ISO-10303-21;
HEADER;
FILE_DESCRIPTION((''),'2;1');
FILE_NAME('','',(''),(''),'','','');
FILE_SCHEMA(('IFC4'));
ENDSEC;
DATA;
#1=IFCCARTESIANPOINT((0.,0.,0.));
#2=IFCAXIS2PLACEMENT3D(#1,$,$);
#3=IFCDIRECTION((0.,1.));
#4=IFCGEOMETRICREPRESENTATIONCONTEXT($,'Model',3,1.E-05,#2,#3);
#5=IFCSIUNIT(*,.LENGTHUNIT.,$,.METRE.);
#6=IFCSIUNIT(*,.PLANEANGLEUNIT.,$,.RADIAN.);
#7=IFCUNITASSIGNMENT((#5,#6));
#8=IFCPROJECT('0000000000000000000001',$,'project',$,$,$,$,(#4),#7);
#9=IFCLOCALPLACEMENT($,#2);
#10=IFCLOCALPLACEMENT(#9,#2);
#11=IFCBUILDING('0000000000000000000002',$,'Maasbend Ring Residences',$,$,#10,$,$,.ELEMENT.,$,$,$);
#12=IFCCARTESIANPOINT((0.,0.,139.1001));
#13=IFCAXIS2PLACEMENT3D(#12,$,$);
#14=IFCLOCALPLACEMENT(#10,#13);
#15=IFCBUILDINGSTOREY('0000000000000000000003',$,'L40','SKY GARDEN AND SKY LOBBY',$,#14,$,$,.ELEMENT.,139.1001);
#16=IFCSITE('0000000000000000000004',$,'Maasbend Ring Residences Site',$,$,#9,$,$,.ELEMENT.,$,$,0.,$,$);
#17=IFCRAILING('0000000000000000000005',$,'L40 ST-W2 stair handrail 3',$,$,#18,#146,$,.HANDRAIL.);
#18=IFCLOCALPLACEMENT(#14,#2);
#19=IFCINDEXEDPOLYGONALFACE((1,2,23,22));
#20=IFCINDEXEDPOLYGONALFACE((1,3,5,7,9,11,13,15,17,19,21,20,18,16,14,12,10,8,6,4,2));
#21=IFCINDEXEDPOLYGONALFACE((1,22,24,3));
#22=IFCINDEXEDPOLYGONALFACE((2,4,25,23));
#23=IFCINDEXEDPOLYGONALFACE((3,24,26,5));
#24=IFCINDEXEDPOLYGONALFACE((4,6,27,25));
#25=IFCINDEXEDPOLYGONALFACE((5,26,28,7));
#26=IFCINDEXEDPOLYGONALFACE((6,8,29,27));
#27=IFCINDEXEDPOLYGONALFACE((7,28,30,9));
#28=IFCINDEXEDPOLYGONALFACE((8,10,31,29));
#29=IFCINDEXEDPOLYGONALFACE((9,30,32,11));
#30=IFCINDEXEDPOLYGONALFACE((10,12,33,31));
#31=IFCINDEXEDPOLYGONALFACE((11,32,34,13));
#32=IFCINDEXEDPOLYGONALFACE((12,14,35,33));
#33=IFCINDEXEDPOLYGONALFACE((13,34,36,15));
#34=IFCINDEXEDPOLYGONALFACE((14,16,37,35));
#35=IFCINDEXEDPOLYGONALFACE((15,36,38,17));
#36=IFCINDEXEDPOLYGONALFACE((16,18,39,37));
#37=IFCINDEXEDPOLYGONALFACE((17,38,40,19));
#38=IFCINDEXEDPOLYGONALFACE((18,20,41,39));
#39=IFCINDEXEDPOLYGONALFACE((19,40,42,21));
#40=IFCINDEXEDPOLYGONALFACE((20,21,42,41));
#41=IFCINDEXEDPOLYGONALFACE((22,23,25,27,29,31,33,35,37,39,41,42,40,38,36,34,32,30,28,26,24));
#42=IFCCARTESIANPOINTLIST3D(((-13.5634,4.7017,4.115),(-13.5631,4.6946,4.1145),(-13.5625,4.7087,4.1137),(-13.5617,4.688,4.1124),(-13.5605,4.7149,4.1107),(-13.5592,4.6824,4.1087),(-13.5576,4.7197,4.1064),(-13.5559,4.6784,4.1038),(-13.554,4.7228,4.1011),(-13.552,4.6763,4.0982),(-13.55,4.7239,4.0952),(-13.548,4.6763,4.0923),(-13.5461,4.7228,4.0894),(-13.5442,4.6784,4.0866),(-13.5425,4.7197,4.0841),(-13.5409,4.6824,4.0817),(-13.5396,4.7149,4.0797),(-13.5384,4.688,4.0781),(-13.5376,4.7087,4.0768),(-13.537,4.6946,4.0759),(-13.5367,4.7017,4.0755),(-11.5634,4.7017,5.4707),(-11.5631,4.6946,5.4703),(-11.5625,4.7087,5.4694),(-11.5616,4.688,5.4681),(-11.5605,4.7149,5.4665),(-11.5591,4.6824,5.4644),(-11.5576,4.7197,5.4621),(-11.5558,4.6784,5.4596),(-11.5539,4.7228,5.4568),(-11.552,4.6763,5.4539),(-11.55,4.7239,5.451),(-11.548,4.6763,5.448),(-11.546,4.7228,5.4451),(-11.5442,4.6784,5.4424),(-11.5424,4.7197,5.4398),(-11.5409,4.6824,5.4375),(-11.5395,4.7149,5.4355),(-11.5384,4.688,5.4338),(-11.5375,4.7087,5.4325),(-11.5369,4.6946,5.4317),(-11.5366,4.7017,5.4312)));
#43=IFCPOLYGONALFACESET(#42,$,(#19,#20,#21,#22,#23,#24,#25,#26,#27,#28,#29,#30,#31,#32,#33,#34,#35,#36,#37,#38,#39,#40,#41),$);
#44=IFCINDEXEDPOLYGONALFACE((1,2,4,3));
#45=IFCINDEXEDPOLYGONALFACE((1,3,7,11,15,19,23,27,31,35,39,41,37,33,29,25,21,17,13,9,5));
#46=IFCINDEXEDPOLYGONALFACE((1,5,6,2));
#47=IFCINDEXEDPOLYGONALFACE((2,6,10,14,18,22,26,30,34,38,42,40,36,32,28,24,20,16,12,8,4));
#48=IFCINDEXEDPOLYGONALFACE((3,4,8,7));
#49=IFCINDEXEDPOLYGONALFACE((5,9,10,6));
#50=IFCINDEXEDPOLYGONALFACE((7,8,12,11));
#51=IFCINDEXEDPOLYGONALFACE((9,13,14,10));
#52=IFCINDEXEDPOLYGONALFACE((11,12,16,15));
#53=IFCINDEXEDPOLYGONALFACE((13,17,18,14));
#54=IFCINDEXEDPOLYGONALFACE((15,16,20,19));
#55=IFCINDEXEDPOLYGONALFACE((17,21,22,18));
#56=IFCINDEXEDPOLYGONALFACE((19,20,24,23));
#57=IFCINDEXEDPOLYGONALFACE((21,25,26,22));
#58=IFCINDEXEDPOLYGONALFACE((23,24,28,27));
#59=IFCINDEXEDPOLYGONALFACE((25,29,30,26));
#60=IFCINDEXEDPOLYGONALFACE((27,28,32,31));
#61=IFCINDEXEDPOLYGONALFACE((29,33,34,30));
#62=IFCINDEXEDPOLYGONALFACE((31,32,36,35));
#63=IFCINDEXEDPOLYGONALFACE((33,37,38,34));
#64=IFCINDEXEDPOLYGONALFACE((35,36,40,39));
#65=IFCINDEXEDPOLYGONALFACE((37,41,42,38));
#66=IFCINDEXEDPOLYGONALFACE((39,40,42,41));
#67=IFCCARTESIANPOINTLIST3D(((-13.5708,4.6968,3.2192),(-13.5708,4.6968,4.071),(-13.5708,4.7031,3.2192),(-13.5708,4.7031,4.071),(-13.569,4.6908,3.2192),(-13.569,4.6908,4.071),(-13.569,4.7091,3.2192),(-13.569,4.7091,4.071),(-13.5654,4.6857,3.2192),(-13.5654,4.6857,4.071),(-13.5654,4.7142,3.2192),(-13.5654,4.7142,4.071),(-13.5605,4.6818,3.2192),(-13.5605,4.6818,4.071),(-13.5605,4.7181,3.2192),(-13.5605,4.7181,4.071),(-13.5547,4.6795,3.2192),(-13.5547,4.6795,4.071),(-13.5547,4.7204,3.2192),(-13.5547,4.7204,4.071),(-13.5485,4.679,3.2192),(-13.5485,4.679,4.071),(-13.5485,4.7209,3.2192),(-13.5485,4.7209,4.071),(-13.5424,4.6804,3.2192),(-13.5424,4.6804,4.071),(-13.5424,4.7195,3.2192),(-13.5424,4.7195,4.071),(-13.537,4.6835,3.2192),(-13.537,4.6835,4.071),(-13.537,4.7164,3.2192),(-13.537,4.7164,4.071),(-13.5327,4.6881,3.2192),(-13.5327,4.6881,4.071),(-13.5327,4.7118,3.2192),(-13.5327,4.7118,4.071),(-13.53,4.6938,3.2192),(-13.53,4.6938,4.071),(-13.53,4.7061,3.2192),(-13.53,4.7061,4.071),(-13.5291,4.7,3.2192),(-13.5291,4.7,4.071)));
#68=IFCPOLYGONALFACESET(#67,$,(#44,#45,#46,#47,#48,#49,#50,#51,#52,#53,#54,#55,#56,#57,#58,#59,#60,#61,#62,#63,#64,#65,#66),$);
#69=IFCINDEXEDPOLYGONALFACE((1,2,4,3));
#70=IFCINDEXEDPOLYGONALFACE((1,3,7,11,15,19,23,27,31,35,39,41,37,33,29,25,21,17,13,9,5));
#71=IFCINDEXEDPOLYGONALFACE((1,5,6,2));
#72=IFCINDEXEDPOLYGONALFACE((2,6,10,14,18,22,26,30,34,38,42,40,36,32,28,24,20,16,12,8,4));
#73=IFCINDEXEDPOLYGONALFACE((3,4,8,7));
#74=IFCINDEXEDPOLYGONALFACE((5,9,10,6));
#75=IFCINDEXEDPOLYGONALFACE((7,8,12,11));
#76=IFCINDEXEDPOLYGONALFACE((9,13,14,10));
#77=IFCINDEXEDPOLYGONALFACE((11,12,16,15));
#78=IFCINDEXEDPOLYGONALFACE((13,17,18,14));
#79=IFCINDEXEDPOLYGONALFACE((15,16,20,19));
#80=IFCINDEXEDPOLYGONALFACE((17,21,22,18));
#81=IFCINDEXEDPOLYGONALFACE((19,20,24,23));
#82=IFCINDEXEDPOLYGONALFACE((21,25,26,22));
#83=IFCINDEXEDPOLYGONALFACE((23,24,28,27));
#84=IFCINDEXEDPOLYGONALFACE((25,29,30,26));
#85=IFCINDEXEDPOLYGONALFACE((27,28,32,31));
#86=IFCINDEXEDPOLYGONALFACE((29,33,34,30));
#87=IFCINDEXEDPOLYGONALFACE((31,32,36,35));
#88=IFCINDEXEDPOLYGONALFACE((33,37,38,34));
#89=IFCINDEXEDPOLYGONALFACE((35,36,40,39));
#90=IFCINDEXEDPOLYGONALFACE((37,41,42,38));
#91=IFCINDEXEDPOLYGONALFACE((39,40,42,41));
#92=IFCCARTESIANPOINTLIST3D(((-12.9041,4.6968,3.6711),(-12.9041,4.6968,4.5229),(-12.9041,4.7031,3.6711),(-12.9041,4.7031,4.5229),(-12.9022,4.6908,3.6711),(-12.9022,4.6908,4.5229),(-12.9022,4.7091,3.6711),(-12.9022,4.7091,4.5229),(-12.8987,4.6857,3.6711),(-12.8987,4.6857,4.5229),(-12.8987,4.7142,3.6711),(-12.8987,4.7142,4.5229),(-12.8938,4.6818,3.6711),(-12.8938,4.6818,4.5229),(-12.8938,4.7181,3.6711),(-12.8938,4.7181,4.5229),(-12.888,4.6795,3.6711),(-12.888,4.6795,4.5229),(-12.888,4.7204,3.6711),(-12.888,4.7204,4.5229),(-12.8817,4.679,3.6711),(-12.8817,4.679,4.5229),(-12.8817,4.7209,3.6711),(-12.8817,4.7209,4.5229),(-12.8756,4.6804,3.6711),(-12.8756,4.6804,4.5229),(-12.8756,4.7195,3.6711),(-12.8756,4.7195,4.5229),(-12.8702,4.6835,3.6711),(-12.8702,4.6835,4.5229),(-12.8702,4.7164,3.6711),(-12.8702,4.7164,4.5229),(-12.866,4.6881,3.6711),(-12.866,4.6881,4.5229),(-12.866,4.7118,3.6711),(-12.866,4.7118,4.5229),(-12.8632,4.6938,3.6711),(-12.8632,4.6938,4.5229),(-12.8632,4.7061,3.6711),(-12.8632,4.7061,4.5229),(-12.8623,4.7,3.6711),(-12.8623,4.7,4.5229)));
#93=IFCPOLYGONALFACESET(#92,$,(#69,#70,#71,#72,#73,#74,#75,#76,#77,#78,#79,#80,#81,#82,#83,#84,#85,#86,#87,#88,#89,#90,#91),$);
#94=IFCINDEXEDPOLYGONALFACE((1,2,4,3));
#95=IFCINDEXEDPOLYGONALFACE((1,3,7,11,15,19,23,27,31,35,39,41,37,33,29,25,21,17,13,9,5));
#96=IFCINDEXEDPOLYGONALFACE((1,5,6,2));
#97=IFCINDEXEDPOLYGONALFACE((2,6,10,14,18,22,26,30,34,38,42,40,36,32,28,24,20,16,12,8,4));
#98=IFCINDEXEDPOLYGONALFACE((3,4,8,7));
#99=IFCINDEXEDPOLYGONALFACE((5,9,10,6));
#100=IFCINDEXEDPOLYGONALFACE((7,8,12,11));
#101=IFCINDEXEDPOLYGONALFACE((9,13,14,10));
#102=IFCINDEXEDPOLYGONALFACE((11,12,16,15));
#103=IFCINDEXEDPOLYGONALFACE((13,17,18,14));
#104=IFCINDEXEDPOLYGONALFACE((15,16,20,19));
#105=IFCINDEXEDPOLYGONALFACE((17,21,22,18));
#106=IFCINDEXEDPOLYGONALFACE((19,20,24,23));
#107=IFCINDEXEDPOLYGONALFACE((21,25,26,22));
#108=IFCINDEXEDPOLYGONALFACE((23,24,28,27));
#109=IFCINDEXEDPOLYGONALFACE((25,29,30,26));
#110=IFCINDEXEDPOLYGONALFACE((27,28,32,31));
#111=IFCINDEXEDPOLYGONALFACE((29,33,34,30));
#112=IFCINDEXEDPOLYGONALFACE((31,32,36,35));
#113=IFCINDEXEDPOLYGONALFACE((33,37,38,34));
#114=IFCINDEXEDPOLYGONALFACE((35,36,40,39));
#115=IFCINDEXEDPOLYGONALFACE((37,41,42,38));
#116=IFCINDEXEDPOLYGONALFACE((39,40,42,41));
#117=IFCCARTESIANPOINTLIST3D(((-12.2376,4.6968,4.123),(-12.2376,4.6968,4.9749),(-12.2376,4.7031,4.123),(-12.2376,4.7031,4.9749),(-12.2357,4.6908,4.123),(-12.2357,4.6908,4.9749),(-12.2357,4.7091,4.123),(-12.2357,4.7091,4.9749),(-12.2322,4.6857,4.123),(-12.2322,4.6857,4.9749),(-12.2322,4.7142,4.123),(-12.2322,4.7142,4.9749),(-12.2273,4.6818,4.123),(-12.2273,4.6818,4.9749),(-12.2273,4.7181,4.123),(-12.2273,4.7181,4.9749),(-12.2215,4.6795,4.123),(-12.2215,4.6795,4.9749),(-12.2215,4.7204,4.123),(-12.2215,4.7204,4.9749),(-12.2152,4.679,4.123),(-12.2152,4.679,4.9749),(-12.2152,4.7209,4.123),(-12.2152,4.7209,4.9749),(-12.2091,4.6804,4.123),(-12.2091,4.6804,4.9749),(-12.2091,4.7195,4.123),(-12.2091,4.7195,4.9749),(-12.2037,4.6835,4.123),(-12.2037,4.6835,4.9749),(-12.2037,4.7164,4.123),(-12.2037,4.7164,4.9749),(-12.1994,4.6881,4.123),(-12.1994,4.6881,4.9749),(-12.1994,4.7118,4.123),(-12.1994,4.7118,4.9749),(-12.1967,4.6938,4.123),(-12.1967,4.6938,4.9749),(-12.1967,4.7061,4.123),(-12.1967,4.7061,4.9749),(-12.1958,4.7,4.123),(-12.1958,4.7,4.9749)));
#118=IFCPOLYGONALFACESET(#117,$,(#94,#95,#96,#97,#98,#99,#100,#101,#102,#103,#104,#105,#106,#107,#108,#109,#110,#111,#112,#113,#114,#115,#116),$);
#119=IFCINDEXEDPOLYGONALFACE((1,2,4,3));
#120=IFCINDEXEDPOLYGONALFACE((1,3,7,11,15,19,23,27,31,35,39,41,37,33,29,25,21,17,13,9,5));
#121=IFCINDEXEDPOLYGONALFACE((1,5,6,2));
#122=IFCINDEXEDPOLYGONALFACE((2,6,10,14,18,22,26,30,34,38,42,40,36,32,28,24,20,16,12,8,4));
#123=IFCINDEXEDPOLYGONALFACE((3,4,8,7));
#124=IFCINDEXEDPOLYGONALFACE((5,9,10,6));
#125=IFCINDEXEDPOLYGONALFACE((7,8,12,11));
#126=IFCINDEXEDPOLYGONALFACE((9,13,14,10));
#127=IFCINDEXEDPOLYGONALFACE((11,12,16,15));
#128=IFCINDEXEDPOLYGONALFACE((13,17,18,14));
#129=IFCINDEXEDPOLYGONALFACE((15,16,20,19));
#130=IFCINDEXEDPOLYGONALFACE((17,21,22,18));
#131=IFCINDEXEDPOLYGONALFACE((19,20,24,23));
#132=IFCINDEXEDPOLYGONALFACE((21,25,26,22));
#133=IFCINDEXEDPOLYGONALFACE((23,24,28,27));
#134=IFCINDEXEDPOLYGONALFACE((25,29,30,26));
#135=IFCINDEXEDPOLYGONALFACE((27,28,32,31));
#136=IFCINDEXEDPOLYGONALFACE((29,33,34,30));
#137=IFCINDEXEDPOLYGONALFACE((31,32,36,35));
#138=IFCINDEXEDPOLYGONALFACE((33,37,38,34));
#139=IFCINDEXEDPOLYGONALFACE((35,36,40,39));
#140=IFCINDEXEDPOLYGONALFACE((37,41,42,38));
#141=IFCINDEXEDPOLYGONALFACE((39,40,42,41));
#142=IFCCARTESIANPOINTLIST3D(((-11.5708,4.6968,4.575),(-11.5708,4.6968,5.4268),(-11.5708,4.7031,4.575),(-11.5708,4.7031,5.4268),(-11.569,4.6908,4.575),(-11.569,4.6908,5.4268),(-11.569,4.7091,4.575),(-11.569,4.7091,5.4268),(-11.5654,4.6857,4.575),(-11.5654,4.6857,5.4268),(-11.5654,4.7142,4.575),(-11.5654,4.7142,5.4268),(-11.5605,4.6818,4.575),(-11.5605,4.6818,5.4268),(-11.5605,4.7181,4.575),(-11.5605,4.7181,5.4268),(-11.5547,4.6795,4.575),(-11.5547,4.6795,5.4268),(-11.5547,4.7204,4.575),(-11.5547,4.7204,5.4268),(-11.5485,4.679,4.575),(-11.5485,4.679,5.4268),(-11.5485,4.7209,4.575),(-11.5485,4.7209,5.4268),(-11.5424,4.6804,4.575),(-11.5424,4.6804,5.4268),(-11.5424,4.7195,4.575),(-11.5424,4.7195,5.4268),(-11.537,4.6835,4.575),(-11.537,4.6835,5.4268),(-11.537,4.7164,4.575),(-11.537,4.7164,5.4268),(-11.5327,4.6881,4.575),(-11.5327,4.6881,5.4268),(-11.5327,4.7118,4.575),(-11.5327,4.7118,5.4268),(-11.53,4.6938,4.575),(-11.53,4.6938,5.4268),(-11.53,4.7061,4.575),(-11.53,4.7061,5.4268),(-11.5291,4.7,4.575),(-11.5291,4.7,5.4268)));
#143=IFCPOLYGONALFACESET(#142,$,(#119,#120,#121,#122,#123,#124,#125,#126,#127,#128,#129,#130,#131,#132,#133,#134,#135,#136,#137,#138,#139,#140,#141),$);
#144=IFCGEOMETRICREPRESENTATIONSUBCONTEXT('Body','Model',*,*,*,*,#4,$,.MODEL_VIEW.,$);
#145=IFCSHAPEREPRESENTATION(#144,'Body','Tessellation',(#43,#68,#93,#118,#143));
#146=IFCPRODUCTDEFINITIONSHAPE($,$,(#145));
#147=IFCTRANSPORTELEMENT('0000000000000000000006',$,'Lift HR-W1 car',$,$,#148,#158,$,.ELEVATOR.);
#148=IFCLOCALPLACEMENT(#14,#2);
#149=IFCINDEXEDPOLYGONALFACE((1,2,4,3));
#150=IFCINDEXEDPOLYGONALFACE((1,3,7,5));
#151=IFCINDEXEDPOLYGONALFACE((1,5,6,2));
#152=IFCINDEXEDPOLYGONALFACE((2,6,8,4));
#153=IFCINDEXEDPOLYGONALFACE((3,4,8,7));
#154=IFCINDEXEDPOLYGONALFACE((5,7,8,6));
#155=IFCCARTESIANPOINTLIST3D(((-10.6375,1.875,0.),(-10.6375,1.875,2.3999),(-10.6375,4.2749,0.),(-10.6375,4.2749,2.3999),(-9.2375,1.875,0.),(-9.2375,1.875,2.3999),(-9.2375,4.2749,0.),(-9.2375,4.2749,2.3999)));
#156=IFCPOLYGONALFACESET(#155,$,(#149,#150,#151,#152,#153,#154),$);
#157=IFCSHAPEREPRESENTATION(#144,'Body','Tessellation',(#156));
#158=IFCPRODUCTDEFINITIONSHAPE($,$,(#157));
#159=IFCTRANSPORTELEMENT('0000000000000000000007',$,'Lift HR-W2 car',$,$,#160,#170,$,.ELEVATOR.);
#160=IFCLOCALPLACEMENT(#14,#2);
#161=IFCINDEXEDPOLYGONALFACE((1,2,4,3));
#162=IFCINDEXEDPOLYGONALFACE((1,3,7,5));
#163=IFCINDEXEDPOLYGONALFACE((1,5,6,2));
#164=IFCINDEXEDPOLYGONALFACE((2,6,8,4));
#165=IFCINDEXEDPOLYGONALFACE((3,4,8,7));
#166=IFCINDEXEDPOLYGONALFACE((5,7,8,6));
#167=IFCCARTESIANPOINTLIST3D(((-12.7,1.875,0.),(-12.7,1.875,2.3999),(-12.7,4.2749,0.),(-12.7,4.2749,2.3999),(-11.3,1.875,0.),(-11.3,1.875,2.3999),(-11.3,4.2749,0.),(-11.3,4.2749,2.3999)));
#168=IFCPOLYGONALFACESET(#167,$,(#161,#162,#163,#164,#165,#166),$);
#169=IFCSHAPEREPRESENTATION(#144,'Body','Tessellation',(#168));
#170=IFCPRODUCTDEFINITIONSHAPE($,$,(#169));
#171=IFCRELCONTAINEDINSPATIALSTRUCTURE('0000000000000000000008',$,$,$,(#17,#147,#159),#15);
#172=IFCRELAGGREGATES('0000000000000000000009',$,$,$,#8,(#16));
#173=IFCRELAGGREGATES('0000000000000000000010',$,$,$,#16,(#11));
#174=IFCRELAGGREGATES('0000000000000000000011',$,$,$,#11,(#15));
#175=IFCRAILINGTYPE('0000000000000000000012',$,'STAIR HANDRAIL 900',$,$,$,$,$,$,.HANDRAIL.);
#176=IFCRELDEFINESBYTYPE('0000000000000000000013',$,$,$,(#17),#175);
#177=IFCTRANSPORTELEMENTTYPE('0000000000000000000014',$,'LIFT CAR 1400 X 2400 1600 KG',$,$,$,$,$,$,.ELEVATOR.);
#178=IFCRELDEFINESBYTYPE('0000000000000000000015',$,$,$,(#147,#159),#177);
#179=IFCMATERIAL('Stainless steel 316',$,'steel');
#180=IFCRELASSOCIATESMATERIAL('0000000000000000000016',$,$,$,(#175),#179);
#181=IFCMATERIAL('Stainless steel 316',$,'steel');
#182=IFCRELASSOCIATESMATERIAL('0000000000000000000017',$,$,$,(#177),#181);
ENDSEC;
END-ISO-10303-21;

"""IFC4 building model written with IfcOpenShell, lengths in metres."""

from ifc_helpers import new_model, si_unit, direction, frame, origin, origin_2d, place, context, subcontext, project, spatial, rectangle, circle, extrude, material, type_object, element, save


model = new_model("IFC4")

# Units and contexts
model_context = context("Model", 3, precision=1e-05, world=origin(), true_north=direction((0.0, 1.0)))
body_context = subcontext(model_context, "Body", "Model", "MODEL_VIEW")
ifc_project = project(units=[si_unit("LENGTHUNIT", "METRE"), si_unit("PLANEANGLEUNIT", "RADIAN")], contexts=[model_context])

# Site, building, storey
site_placement = place(None, origin())
site = spatial("IfcSite", under=ifc_project, at=site_placement, Name="Maasbend Ring Residences Site", CompositionType="ELEMENT", RefElevation=0.0)
building_placement = place(site_placement, origin())
building = spatial("IfcBuilding", under=site, at=building_placement, Name="Maasbend Ring Residences", CompositionType="ELEMENT")
storey_placement = place(building_placement, frame((0.0, 0.0, 139.1001)))
storey = spatial("IfcBuildingStorey", under=building, at=storey_placement, Name="L40", Description="SKY GARDEN AND SKY LOBBY", CompositionType="ELEMENT", Elevation=139.1001)

# Railing
ifc_material_1 = material(Name="Stainless steel 316", Category="steel")
railing_type = type_object("IfcRailingType", Name="STAIR HANDRAIL 900", PredefinedType="HANDRAIL", material=ifc_material_1)
railing_1_placement = place(storey_placement, frame((-13.55, 4.7, 3.2192)))
element("IfcRailing", 1, at=railing_1_placement, inside=storey, type_object=railing_type, Name="L40 ST-W2 stair handrail 3", PredefinedType="HANDRAIL", context=body_context, shape_type="SweptSolid", body=[
    extrude(circle(Radius=0.0239, at=origin_2d()), frame((0.0, 0.0, 0.876), z_axis=(0.827751, 0.0, 0.561096), x_axis=(0.0, 1.0, 0.0)), (0.0, 0.0, 1.0), 2.4163),
    extrude(circle(Radius=0.021, at=origin_2d()), origin(), (0.0, 0.0, 1.0), 0.8518),
    extrude(circle(Radius=0.021, at=origin_2d()), frame((0.6667, 0.0, 0.4519)), (0.0, 0.0, 1.0), 0.8518),
    extrude(circle(Radius=0.021, at=origin_2d()), frame((1.3333, 0.0, 0.9038)), (0.0, 0.0, 1.0), 0.8518),
    extrude(circle(Radius=0.021, at=origin_2d()), frame((2.0, 0.0, 1.3557)), (0.0, 0.0, 1.0), 0.8518),
])

# Transport elements
ifc_material_2 = material(Name="Stainless steel 316", Category="steel")
transport_element_type = type_object("IfcTransportElementType", Name="LIFT CAR 1400 X 2400 1600 KG", PredefinedType="ELEVATOR", material=ifc_material_2)
for number, where, z_axis, x_axis, name in (
    (2, (-9.9375, 3.075, 0.0), (0.0, 0.0, 1.0), (1.0, 0.0, 0.0), "Lift HR-W1 car"),
    (3, (-12.0, 3.075, 0.0), (0.0, 0.0, 1.0), (1.0, 0.0, 0.0), "Lift HR-W2 car"),
):
    element("IfcTransportElement", number, at=place(storey_placement, frame(where, z_axis=z_axis, x_axis=x_axis)), inside=storey, type_object=transport_element_type, Name=name, PredefinedType="ELEVATOR", context=body_context, shape_type="SweptSolid", body=[
        extrude(rectangle(XDim=1.3999, YDim=2.3999, at=origin_2d()), origin(), (0.0, 0.0, 1.0), 2.3999),
    ])

save(model, "model.ifc")
